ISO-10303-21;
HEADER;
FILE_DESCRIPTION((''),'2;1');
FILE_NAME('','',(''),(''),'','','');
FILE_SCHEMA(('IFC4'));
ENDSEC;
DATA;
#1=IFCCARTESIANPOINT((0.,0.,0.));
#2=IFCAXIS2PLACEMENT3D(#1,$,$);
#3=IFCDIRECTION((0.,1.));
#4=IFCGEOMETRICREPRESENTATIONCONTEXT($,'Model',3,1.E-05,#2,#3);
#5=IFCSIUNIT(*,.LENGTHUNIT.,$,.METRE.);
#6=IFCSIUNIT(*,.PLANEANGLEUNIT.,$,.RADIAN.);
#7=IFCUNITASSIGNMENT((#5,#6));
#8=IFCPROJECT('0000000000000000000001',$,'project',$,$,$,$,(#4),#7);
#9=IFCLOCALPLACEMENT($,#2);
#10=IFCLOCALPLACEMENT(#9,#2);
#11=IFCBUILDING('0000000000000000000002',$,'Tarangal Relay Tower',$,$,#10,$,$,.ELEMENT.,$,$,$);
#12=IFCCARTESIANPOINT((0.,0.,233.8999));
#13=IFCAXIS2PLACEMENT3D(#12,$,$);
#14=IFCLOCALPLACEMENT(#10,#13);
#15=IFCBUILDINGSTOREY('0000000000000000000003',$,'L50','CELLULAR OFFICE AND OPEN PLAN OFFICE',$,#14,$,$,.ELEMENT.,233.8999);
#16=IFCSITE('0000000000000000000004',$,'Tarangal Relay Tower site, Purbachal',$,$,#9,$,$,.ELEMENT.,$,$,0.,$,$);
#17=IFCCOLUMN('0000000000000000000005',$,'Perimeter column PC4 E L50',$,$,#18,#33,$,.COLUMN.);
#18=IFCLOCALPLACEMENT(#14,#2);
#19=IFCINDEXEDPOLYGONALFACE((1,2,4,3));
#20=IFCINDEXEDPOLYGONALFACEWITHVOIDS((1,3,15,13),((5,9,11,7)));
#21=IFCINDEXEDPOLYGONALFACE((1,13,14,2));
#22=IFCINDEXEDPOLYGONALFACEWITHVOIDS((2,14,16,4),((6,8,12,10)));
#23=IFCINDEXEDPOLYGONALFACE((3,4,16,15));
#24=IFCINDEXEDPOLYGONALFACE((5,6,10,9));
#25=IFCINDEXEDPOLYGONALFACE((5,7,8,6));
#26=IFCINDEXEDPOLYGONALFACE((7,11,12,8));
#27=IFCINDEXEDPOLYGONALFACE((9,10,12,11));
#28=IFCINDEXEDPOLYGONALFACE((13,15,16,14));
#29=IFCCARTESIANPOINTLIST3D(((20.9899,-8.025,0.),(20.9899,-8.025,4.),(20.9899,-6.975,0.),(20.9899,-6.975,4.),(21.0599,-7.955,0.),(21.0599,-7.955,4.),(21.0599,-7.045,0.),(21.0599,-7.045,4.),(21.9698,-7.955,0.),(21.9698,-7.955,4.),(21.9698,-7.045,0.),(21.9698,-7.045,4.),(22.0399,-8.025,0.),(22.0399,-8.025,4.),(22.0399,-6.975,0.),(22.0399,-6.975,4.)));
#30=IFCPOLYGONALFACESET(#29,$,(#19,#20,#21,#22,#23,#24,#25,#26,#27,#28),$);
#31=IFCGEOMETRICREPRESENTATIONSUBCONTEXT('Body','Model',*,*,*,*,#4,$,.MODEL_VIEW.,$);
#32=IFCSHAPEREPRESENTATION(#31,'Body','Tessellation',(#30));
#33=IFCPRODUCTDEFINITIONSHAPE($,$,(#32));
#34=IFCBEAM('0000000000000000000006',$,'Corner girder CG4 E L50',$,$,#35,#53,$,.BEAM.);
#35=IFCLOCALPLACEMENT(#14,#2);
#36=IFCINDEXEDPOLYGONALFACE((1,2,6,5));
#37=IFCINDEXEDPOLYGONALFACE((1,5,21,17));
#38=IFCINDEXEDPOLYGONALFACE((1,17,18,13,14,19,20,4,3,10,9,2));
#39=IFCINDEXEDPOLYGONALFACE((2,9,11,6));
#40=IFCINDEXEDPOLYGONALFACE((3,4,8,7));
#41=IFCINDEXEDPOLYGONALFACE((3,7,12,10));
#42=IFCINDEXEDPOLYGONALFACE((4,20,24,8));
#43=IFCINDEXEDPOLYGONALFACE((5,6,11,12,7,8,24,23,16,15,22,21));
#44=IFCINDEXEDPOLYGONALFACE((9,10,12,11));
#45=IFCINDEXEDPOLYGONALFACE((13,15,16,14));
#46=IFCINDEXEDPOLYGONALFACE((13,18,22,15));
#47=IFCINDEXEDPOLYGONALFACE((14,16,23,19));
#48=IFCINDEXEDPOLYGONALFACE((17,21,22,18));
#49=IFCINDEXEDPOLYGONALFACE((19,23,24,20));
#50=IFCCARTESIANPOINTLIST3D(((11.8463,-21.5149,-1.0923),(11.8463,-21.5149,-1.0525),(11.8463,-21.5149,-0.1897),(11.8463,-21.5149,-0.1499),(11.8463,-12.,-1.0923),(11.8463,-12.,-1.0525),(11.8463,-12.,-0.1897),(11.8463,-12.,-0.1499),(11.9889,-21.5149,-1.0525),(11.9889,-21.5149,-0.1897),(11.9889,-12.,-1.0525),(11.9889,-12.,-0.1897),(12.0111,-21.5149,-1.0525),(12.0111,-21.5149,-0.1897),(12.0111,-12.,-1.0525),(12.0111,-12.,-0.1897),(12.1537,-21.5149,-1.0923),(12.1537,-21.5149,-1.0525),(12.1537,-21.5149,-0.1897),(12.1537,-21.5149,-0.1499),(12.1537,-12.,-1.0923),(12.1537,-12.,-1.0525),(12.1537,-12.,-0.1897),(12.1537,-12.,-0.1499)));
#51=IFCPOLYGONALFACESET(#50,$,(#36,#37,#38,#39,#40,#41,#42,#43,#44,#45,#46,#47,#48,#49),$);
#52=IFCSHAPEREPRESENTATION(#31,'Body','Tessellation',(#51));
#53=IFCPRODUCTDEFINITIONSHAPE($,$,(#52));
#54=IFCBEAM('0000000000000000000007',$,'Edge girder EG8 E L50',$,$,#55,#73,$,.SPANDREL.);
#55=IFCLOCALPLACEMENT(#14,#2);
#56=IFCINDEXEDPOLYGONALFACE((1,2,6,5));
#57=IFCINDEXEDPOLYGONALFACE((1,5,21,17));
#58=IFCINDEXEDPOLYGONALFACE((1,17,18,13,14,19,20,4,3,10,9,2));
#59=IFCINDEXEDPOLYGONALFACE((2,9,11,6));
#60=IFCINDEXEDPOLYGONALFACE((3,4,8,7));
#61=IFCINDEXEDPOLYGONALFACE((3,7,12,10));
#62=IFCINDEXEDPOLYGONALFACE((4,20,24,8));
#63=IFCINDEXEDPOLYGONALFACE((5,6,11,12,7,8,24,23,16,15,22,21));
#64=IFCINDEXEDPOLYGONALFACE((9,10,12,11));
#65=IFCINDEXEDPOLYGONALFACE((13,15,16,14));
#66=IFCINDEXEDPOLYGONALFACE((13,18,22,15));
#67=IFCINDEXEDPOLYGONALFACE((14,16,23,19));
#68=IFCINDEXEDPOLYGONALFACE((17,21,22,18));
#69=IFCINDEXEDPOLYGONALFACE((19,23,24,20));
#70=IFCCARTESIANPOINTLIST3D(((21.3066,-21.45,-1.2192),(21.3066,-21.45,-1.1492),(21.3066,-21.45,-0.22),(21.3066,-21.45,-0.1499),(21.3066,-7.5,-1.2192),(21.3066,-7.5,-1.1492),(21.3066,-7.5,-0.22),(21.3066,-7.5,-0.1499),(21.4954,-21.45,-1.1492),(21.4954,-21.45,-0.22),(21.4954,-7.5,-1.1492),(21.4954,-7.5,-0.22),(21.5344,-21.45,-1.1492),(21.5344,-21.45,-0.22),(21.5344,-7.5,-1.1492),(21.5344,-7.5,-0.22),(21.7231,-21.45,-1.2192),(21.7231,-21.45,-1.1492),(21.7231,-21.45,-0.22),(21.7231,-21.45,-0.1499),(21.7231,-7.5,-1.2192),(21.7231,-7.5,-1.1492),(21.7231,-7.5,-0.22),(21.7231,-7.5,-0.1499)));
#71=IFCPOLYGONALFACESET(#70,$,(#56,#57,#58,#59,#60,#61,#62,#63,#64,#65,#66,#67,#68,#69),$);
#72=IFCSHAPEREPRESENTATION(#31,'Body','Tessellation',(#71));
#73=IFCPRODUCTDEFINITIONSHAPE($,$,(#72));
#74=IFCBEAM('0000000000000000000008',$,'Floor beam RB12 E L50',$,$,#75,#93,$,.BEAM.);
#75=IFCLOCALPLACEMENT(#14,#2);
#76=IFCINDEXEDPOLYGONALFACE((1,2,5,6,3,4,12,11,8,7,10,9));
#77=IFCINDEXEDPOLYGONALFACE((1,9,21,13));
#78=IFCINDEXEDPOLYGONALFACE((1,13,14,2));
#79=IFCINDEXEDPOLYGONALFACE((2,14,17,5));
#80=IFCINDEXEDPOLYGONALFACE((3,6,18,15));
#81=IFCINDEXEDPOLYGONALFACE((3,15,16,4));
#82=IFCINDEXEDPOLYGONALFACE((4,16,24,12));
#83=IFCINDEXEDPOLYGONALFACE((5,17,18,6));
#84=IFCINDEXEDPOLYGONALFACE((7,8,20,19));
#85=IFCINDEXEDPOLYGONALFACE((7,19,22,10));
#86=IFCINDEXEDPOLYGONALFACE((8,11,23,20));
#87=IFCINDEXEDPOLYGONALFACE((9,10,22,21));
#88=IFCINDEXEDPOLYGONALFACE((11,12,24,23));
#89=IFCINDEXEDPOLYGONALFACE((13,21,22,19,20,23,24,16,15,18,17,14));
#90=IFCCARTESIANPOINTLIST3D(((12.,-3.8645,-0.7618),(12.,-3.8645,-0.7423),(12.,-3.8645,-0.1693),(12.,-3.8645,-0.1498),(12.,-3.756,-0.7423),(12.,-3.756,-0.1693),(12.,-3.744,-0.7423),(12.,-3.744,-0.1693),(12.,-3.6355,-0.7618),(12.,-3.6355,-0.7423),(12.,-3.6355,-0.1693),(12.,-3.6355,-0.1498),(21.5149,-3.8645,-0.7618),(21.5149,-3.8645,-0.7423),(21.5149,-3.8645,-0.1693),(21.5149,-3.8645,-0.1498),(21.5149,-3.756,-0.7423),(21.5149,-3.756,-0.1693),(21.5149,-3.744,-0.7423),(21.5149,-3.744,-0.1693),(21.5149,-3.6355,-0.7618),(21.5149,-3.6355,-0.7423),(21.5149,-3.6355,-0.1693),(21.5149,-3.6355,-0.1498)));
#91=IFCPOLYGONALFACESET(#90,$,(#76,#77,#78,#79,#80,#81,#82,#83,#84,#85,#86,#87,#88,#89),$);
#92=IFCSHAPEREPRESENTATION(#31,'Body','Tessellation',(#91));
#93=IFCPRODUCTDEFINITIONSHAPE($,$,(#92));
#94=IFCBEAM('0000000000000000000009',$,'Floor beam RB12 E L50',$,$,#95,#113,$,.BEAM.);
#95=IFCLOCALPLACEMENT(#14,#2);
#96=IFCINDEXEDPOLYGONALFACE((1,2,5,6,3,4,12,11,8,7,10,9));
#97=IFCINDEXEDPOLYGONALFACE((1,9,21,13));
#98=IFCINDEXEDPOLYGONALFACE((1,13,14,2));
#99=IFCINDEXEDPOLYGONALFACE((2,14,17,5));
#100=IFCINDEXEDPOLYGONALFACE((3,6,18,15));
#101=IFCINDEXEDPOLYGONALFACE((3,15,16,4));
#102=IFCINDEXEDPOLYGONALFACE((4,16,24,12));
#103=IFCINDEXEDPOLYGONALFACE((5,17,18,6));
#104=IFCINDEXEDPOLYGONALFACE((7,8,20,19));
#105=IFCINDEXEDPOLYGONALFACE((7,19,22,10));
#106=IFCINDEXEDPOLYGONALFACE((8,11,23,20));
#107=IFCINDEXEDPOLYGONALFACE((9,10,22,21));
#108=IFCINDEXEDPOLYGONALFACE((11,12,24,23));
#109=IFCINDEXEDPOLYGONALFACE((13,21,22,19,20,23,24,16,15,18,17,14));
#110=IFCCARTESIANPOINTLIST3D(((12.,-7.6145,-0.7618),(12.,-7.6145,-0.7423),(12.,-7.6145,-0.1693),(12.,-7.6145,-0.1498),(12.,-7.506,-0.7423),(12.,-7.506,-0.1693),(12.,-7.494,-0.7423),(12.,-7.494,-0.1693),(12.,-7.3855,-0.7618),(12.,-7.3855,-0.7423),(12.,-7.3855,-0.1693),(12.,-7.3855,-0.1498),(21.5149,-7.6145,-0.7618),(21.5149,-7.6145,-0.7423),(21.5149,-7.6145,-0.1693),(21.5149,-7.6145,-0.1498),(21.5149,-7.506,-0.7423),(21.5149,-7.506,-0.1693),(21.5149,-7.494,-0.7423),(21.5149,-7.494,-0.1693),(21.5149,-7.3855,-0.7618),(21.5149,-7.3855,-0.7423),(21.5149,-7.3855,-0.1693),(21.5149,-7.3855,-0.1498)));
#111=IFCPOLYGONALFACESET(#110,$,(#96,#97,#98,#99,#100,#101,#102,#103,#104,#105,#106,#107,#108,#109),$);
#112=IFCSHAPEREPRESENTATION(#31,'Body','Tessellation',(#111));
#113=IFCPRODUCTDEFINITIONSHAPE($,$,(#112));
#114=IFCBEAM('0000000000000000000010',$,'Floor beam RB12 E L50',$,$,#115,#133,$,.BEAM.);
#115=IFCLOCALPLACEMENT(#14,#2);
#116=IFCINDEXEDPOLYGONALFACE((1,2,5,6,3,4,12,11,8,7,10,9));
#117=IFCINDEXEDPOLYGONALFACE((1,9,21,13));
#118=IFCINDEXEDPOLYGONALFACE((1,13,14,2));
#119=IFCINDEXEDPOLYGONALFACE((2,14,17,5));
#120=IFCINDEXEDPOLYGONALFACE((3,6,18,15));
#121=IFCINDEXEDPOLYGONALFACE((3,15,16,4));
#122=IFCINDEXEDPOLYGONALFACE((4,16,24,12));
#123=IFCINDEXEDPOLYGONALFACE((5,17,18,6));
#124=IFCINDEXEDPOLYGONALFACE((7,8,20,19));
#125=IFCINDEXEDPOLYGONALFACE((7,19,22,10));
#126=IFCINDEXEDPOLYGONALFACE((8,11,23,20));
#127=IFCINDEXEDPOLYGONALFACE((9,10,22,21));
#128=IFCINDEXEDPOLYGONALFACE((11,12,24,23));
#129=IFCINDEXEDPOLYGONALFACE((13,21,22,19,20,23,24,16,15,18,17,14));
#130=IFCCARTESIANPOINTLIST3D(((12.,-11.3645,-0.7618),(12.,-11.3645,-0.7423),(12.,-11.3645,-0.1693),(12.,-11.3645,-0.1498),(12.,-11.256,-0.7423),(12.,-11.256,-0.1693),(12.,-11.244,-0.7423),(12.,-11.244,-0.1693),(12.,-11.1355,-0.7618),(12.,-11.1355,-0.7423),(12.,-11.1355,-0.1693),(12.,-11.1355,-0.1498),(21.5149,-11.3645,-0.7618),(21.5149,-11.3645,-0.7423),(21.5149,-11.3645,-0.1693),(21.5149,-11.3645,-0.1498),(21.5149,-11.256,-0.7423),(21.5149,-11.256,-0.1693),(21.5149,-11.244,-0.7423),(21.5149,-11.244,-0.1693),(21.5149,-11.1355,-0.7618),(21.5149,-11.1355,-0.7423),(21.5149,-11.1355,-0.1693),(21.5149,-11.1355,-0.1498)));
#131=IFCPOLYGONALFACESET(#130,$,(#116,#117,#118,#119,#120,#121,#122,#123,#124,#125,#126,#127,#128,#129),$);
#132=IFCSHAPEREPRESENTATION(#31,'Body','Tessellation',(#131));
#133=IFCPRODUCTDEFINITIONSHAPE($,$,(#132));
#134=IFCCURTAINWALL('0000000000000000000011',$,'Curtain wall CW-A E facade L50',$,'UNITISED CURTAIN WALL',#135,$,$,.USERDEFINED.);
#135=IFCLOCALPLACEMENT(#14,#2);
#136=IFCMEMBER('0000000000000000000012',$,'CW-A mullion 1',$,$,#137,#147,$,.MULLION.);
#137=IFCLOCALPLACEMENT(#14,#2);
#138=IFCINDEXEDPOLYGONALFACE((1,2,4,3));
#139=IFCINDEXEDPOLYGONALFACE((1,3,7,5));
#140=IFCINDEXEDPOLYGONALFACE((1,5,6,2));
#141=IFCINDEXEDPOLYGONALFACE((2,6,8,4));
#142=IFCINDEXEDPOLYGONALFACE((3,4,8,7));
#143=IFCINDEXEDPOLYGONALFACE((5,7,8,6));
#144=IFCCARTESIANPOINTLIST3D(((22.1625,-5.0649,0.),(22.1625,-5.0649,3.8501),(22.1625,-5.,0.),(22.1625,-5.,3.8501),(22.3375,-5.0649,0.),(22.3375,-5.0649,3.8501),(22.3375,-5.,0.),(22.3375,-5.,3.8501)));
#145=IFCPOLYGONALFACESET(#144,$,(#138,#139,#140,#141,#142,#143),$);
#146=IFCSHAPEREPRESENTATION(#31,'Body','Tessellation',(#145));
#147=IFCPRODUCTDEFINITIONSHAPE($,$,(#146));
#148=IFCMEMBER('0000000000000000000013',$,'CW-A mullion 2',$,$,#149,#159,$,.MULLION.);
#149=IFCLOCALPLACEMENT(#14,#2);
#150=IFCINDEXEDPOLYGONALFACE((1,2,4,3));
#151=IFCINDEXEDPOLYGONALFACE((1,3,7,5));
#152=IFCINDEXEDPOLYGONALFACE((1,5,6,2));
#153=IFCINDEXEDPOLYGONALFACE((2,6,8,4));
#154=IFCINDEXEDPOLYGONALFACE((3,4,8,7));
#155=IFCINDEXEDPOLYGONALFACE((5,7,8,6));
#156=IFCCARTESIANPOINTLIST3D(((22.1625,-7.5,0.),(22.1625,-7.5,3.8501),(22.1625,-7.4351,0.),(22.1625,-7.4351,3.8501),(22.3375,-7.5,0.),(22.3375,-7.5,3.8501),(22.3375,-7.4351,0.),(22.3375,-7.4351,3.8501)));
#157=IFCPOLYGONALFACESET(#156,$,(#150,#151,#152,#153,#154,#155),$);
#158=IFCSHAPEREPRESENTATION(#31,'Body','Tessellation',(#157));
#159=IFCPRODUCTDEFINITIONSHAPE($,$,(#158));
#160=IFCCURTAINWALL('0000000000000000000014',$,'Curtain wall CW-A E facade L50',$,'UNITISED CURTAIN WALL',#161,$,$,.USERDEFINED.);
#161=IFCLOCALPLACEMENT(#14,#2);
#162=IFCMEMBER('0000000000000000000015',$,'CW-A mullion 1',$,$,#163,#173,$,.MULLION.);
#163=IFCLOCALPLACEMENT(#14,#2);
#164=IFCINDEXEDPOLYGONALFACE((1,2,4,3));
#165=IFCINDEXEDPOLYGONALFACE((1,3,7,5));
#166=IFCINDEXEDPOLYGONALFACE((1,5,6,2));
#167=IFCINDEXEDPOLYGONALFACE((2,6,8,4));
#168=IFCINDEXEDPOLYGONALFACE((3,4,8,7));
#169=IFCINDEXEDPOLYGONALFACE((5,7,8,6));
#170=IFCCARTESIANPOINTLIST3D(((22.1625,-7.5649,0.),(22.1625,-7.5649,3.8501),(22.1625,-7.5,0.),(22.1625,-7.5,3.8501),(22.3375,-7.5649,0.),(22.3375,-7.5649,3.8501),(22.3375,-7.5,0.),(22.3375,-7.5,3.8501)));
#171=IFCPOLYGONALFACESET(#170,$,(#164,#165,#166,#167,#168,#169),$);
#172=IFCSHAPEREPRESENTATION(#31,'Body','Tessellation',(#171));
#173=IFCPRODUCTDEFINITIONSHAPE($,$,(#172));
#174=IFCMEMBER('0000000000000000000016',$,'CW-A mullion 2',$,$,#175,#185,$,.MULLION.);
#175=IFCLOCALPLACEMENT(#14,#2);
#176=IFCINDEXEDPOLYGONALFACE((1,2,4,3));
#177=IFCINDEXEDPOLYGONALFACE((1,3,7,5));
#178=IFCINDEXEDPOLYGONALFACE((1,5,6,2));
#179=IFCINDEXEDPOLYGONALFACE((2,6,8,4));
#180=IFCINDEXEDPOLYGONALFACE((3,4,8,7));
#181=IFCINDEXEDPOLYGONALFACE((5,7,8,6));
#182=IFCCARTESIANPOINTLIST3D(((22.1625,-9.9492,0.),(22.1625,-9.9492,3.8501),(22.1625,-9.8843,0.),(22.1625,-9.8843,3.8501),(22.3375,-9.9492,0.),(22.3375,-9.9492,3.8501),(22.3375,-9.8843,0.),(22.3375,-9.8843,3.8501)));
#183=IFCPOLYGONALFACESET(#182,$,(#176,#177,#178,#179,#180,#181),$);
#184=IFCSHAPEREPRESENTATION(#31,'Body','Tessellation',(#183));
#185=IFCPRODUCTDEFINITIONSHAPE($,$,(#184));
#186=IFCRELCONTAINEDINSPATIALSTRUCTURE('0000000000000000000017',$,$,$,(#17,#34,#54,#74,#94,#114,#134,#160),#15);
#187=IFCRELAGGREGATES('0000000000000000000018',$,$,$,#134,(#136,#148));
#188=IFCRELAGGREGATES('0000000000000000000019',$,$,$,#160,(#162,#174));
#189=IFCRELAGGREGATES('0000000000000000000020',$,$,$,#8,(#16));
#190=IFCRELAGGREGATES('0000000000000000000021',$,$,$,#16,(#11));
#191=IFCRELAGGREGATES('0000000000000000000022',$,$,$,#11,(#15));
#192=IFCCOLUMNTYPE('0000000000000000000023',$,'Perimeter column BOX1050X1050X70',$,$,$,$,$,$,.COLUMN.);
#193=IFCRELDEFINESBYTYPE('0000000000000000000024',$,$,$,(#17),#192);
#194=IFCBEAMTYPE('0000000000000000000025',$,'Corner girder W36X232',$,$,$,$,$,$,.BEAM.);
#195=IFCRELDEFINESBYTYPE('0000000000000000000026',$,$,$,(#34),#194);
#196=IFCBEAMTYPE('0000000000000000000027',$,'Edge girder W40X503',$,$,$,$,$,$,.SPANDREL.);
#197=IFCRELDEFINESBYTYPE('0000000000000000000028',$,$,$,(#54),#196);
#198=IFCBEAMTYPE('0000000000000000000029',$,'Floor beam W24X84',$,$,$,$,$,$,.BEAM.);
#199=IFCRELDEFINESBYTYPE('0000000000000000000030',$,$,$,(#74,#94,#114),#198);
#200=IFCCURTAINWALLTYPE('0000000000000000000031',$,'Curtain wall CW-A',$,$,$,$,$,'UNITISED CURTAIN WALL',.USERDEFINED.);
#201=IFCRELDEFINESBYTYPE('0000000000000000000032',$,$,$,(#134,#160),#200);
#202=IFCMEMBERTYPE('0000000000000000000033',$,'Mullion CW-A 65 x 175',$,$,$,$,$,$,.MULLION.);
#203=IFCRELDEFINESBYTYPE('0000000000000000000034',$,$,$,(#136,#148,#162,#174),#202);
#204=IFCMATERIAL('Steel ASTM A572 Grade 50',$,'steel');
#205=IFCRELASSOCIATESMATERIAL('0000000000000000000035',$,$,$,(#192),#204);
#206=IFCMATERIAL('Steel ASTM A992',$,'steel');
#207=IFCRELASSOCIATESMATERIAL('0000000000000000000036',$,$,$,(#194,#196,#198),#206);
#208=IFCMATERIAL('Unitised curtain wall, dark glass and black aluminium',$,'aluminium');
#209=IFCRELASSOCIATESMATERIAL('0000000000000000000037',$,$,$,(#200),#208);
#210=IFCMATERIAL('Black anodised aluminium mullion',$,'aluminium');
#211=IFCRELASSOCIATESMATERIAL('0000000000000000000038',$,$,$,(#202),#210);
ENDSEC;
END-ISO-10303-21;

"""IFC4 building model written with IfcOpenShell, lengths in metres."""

from ifc_helpers import new_model, si_unit, direction, frame, origin, origin_2d, place, context, subcontext, project, spatial, rectangle, hollow_rectangle, i_section, extrude, material, material_profile, profile_set, type_object, element, aggregate, save


model = new_model("IFC4")

# Units and contexts
model_context = context("Model", 3, precision=1e-05, world=origin(), true_north=direction((0.0, 1.0)))
body_context = subcontext(model_context, "Body", "Model", "MODEL_VIEW")
ifc_project = project(units=[si_unit("LENGTHUNIT", "METRE"), si_unit("PLANEANGLEUNIT", "RADIAN")], contexts=[model_context])

# Site, building, storey
site_placement = place(None, origin())
site = spatial("IfcSite", under=ifc_project, at=site_placement, Name="Tarangal Relay Tower site, Purbachal", CompositionType="ELEMENT", RefElevation=0.0)
building_placement = place(site_placement, origin())
building = spatial("IfcBuilding", under=site, at=building_placement, Name="Tarangal Relay Tower", CompositionType="ELEMENT")
storey_placement = place(building_placement, frame((0.0, 0.0, 233.8999)))
storey = spatial("IfcBuildingStorey", under=building, at=storey_placement, Name="L50", Description="CELLULAR OFFICE AND OPEN PLAN OFFICE", CompositionType="ELEMENT", Elevation=233.8999)

# Column
ifc_material_1 = material(Name="Steel ASTM A572 Grade 50", Category="steel")
ifc_material_profile_1 = material_profile(ifc_material_1, hollow_rectangle(XDim=1.05, YDim=1.05, WallThickness=0.0701, at=origin_2d()), Name="BOX1050X1050X70")
ifc_profile_set_1 = profile_set([ifc_material_profile_1], Name="Steel ASTM A572 Grade 50")
column_type = type_object("IfcColumnType", Name="Perimeter column BOX1050X1050X70", PredefinedType="COLUMN", material=ifc_profile_set_1)
column_placement = place(storey_placement, frame((21.5149, -7.5, 0.0), z_axis=(0.0, 0.0, 1.0), x_axis=(1.0, 0.0, 0.0)))
element("IfcColumn", 1, at=column_placement, inside=storey, type_object=column_type, Name="Perimeter column PC4 E L50", PredefinedType="COLUMN", context=body_context, shape_type="SweptSolid", body=[
    extrude(hollow_rectangle(XDim=1.05, YDim=1.05, WallThickness=0.0701, at=origin_2d()), origin(), (0.0, 0.0, 1.0), 4.0),
])

# Beams
ifc_material_2 = material(Name="Steel ASTM A992", Category="steel")
ifc_material_profile_2 = material_profile(ifc_material_2, i_section(OverallWidth=0.3074, OverallDepth=0.9424, WebThickness=0.0222, FlangeThickness=0.0398, at=origin_2d()), Name="W36X232")
ifc_profile_set_2 = profile_set([ifc_material_profile_2], Name="Steel ASTM A992")
beam_type_1 = type_object("IfcBeamType", Name="Corner girder W36X232", PredefinedType="BEAM", material=ifc_profile_set_2)
beam_1_placement = place(storey_placement, frame((12.0, -12.0, -0.6211), z_axis=(0.0, -1.0, 0.0), x_axis=(1.0, 0.0, 0.0)))
element("IfcBeam", 2, at=beam_1_placement, inside=storey, type_object=beam_type_1, Name="Corner girder CG4 E L50", PredefinedType="BEAM", context=body_context, shape_type="SweptSolid", body=[
    extrude(i_section(OverallWidth=0.3074, OverallDepth=0.9424, WebThickness=0.0222, FlangeThickness=0.0398, at=origin_2d()), origin(), (0.0, 0.0, 1.0), 9.5149),
])
ifc_material_profile_3 = material_profile(ifc_material_2, i_section(OverallWidth=0.4165, OverallDepth=1.0693, WebThickness=0.0391, FlangeThickness=0.0701, at=origin_2d()), Name="W40X503")
ifc_profile_set_3 = profile_set([ifc_material_profile_3], Name="Steel ASTM A992")
beam_type_2 = type_object("IfcBeamType", Name="Edge girder W40X503", PredefinedType="SPANDREL", material=ifc_profile_set_3)
beam_2_placement = place(storey_placement, frame((21.5149, -7.5, -0.6846), z_axis=(0.0, -1.0, 0.0), x_axis=(1.0, 0.0, 0.0)))
element("IfcBeam", 3, at=beam_2_placement, inside=storey, type_object=beam_type_2, Name="Edge girder EG8 E L50", PredefinedType="SPANDREL", context=body_context, shape_type="SweptSolid", body=[
    extrude(i_section(OverallWidth=0.4165, OverallDepth=1.0693, WebThickness=0.0391, FlangeThickness=0.0701, at=origin_2d()), origin(), (0.0, 0.0, 1.0), 13.95),
])
ifc_material_profile_4 = material_profile(ifc_material_2, i_section(OverallWidth=0.229, OverallDepth=0.6121, WebThickness=0.012, FlangeThickness=0.0195, at=origin_2d()), Name="W24X84")
ifc_profile_set_4 = profile_set([ifc_material_profile_4], Name="Steel ASTM A992")
beam_type_3 = type_object("IfcBeamType", Name="Floor beam W24X84", PredefinedType="BEAM", material=ifc_profile_set_4)
for number, where, z_axis, x_axis, name in (
    (4, (12.0, -3.75, -0.4558), (1.0, 0.0, 0.0), (0.0, 1.0, 0.0), "Floor beam RB12 E L50"),
    (5, (12.0, -7.5, -0.4558), (1.0, 0.0, 0.0), (0.0, 1.0, 0.0), "Floor beam RB12 E L50"),
    (6, (12.0, -11.25, -0.4558), (1.0, 0.0, 0.0), (0.0, 1.0, 0.0), "Floor beam RB12 E L50"),
):
    element("IfcBeam", number, at=place(storey_placement, frame(where, z_axis=z_axis, x_axis=x_axis)), inside=storey, type_object=beam_type_3, Name=name, PredefinedType="BEAM", context=body_context, shape_type="SweptSolid", body=[
        extrude(i_section(OverallWidth=0.229, OverallDepth=0.6121, WebThickness=0.012, FlangeThickness=0.0195, at=origin_2d()), origin(), (0.0, 0.0, 1.0), 9.5149),
    ])

# Curtain walls, members
ifc_material_3 = material(Name="Unitised curtain wall, dark glass and black aluminium", Category="aluminium")
curtain_wall_type_1 = type_object("IfcCurtainWallType", Name="Curtain wall CW-A", ElementType="UNITISED CURTAIN WALL", PredefinedType="USERDEFINED", material=ifc_material_3)
curtain_wall_1_placement = place(storey_placement, origin())
curtain_wall_1 = element("IfcCurtainWall", 7, at=curtain_wall_1_placement, inside=storey, type_object=curtain_wall_type_1, Name="Curtain wall CW-A E facade L50", ObjectType="UNITISED CURTAIN WALL", PredefinedType="USERDEFINED")
ifc_material_4 = material(Name="Black anodised aluminium mullion", Category="aluminium")
ifc_material_profile_5 = material_profile(ifc_material_4, rectangle(XDim=0.175, YDim=0.0649, at=origin_2d()), Name="CW-AM 65X175")
ifc_profile_set_5 = profile_set([ifc_material_profile_5], Name="Black anodised aluminium mullion")
member_type_1 = type_object("IfcMemberType", Name="Mullion CW-A 65 x 175", PredefinedType="MULLION", material=ifc_profile_set_5)
member_1_placement = place(storey_placement, frame((22.25, -5.0325, 0.0), z_axis=(0.0, 0.0, 1.0), x_axis=(1.0, 0.0, 0.0)))
member_1 = element("IfcMember", 8, at=member_1_placement, type_object=member_type_1, Name="CW-A mullion 1", PredefinedType="MULLION", context=body_context, shape_type="SweptSolid", body=[
    extrude(rectangle(XDim=0.175, YDim=0.0649, at=origin_2d()), origin(), (0.0, 0.0, 1.0), 3.8501),
])
member_2_placement = place(storey_placement, frame((22.25, -7.4675, 0.0), z_axis=(0.0, 0.0, 1.0), x_axis=(1.0, 0.0, 0.0)))
member_2 = element("IfcMember", 9, at=member_2_placement, type_object=member_type_1, Name="CW-A mullion 2", PredefinedType="MULLION", context=body_context, shape_type="SweptSolid", body=[
    extrude(rectangle(XDim=0.175, YDim=0.0649, at=origin_2d()), origin(), (0.0, 0.0, 1.0), 3.8501),
])
curtain_wall_2_placement = place(storey_placement, origin())
curtain_wall_2 = element("IfcCurtainWall", 10, at=curtain_wall_2_placement, inside=storey, type_object=curtain_wall_type_1, Name="Curtain wall CW-A E facade L50", ObjectType="UNITISED CURTAIN WALL", PredefinedType="USERDEFINED")
member_3_placement = place(storey_placement, frame((22.25, -7.5325, 0.0), z_axis=(0.0, 0.0, 1.0), x_axis=(1.0, 0.0, 0.0)))
member_3 = element("IfcMember", 11, at=member_3_placement, type_object=member_type_1, Name="CW-A mullion 1", PredefinedType="MULLION", context=body_context, shape_type="SweptSolid", body=[
    extrude(rectangle(XDim=0.175, YDim=0.0649, at=origin_2d()), origin(), (0.0, 0.0, 1.0), 3.8501),
])
member_4_placement = place(storey_placement, frame((22.25, -9.9167, 0.0), z_axis=(0.0, 0.0, 1.0), x_axis=(1.0, 0.0, 0.0)))
member_4 = element("IfcMember", 12, at=member_4_placement, type_object=member_type_1, Name="CW-A mullion 2", PredefinedType="MULLION", context=body_context, shape_type="SweptSolid", body=[
    extrude(rectangle(XDim=0.175, YDim=0.0649, at=origin_2d()), origin(), (0.0, 0.0, 1.0), 3.8501),
])

aggregate(curtain_wall_1, [member_1, member_2])
aggregate(curtain_wall_2, [member_3, member_4])

save(model, "model.ifc")
